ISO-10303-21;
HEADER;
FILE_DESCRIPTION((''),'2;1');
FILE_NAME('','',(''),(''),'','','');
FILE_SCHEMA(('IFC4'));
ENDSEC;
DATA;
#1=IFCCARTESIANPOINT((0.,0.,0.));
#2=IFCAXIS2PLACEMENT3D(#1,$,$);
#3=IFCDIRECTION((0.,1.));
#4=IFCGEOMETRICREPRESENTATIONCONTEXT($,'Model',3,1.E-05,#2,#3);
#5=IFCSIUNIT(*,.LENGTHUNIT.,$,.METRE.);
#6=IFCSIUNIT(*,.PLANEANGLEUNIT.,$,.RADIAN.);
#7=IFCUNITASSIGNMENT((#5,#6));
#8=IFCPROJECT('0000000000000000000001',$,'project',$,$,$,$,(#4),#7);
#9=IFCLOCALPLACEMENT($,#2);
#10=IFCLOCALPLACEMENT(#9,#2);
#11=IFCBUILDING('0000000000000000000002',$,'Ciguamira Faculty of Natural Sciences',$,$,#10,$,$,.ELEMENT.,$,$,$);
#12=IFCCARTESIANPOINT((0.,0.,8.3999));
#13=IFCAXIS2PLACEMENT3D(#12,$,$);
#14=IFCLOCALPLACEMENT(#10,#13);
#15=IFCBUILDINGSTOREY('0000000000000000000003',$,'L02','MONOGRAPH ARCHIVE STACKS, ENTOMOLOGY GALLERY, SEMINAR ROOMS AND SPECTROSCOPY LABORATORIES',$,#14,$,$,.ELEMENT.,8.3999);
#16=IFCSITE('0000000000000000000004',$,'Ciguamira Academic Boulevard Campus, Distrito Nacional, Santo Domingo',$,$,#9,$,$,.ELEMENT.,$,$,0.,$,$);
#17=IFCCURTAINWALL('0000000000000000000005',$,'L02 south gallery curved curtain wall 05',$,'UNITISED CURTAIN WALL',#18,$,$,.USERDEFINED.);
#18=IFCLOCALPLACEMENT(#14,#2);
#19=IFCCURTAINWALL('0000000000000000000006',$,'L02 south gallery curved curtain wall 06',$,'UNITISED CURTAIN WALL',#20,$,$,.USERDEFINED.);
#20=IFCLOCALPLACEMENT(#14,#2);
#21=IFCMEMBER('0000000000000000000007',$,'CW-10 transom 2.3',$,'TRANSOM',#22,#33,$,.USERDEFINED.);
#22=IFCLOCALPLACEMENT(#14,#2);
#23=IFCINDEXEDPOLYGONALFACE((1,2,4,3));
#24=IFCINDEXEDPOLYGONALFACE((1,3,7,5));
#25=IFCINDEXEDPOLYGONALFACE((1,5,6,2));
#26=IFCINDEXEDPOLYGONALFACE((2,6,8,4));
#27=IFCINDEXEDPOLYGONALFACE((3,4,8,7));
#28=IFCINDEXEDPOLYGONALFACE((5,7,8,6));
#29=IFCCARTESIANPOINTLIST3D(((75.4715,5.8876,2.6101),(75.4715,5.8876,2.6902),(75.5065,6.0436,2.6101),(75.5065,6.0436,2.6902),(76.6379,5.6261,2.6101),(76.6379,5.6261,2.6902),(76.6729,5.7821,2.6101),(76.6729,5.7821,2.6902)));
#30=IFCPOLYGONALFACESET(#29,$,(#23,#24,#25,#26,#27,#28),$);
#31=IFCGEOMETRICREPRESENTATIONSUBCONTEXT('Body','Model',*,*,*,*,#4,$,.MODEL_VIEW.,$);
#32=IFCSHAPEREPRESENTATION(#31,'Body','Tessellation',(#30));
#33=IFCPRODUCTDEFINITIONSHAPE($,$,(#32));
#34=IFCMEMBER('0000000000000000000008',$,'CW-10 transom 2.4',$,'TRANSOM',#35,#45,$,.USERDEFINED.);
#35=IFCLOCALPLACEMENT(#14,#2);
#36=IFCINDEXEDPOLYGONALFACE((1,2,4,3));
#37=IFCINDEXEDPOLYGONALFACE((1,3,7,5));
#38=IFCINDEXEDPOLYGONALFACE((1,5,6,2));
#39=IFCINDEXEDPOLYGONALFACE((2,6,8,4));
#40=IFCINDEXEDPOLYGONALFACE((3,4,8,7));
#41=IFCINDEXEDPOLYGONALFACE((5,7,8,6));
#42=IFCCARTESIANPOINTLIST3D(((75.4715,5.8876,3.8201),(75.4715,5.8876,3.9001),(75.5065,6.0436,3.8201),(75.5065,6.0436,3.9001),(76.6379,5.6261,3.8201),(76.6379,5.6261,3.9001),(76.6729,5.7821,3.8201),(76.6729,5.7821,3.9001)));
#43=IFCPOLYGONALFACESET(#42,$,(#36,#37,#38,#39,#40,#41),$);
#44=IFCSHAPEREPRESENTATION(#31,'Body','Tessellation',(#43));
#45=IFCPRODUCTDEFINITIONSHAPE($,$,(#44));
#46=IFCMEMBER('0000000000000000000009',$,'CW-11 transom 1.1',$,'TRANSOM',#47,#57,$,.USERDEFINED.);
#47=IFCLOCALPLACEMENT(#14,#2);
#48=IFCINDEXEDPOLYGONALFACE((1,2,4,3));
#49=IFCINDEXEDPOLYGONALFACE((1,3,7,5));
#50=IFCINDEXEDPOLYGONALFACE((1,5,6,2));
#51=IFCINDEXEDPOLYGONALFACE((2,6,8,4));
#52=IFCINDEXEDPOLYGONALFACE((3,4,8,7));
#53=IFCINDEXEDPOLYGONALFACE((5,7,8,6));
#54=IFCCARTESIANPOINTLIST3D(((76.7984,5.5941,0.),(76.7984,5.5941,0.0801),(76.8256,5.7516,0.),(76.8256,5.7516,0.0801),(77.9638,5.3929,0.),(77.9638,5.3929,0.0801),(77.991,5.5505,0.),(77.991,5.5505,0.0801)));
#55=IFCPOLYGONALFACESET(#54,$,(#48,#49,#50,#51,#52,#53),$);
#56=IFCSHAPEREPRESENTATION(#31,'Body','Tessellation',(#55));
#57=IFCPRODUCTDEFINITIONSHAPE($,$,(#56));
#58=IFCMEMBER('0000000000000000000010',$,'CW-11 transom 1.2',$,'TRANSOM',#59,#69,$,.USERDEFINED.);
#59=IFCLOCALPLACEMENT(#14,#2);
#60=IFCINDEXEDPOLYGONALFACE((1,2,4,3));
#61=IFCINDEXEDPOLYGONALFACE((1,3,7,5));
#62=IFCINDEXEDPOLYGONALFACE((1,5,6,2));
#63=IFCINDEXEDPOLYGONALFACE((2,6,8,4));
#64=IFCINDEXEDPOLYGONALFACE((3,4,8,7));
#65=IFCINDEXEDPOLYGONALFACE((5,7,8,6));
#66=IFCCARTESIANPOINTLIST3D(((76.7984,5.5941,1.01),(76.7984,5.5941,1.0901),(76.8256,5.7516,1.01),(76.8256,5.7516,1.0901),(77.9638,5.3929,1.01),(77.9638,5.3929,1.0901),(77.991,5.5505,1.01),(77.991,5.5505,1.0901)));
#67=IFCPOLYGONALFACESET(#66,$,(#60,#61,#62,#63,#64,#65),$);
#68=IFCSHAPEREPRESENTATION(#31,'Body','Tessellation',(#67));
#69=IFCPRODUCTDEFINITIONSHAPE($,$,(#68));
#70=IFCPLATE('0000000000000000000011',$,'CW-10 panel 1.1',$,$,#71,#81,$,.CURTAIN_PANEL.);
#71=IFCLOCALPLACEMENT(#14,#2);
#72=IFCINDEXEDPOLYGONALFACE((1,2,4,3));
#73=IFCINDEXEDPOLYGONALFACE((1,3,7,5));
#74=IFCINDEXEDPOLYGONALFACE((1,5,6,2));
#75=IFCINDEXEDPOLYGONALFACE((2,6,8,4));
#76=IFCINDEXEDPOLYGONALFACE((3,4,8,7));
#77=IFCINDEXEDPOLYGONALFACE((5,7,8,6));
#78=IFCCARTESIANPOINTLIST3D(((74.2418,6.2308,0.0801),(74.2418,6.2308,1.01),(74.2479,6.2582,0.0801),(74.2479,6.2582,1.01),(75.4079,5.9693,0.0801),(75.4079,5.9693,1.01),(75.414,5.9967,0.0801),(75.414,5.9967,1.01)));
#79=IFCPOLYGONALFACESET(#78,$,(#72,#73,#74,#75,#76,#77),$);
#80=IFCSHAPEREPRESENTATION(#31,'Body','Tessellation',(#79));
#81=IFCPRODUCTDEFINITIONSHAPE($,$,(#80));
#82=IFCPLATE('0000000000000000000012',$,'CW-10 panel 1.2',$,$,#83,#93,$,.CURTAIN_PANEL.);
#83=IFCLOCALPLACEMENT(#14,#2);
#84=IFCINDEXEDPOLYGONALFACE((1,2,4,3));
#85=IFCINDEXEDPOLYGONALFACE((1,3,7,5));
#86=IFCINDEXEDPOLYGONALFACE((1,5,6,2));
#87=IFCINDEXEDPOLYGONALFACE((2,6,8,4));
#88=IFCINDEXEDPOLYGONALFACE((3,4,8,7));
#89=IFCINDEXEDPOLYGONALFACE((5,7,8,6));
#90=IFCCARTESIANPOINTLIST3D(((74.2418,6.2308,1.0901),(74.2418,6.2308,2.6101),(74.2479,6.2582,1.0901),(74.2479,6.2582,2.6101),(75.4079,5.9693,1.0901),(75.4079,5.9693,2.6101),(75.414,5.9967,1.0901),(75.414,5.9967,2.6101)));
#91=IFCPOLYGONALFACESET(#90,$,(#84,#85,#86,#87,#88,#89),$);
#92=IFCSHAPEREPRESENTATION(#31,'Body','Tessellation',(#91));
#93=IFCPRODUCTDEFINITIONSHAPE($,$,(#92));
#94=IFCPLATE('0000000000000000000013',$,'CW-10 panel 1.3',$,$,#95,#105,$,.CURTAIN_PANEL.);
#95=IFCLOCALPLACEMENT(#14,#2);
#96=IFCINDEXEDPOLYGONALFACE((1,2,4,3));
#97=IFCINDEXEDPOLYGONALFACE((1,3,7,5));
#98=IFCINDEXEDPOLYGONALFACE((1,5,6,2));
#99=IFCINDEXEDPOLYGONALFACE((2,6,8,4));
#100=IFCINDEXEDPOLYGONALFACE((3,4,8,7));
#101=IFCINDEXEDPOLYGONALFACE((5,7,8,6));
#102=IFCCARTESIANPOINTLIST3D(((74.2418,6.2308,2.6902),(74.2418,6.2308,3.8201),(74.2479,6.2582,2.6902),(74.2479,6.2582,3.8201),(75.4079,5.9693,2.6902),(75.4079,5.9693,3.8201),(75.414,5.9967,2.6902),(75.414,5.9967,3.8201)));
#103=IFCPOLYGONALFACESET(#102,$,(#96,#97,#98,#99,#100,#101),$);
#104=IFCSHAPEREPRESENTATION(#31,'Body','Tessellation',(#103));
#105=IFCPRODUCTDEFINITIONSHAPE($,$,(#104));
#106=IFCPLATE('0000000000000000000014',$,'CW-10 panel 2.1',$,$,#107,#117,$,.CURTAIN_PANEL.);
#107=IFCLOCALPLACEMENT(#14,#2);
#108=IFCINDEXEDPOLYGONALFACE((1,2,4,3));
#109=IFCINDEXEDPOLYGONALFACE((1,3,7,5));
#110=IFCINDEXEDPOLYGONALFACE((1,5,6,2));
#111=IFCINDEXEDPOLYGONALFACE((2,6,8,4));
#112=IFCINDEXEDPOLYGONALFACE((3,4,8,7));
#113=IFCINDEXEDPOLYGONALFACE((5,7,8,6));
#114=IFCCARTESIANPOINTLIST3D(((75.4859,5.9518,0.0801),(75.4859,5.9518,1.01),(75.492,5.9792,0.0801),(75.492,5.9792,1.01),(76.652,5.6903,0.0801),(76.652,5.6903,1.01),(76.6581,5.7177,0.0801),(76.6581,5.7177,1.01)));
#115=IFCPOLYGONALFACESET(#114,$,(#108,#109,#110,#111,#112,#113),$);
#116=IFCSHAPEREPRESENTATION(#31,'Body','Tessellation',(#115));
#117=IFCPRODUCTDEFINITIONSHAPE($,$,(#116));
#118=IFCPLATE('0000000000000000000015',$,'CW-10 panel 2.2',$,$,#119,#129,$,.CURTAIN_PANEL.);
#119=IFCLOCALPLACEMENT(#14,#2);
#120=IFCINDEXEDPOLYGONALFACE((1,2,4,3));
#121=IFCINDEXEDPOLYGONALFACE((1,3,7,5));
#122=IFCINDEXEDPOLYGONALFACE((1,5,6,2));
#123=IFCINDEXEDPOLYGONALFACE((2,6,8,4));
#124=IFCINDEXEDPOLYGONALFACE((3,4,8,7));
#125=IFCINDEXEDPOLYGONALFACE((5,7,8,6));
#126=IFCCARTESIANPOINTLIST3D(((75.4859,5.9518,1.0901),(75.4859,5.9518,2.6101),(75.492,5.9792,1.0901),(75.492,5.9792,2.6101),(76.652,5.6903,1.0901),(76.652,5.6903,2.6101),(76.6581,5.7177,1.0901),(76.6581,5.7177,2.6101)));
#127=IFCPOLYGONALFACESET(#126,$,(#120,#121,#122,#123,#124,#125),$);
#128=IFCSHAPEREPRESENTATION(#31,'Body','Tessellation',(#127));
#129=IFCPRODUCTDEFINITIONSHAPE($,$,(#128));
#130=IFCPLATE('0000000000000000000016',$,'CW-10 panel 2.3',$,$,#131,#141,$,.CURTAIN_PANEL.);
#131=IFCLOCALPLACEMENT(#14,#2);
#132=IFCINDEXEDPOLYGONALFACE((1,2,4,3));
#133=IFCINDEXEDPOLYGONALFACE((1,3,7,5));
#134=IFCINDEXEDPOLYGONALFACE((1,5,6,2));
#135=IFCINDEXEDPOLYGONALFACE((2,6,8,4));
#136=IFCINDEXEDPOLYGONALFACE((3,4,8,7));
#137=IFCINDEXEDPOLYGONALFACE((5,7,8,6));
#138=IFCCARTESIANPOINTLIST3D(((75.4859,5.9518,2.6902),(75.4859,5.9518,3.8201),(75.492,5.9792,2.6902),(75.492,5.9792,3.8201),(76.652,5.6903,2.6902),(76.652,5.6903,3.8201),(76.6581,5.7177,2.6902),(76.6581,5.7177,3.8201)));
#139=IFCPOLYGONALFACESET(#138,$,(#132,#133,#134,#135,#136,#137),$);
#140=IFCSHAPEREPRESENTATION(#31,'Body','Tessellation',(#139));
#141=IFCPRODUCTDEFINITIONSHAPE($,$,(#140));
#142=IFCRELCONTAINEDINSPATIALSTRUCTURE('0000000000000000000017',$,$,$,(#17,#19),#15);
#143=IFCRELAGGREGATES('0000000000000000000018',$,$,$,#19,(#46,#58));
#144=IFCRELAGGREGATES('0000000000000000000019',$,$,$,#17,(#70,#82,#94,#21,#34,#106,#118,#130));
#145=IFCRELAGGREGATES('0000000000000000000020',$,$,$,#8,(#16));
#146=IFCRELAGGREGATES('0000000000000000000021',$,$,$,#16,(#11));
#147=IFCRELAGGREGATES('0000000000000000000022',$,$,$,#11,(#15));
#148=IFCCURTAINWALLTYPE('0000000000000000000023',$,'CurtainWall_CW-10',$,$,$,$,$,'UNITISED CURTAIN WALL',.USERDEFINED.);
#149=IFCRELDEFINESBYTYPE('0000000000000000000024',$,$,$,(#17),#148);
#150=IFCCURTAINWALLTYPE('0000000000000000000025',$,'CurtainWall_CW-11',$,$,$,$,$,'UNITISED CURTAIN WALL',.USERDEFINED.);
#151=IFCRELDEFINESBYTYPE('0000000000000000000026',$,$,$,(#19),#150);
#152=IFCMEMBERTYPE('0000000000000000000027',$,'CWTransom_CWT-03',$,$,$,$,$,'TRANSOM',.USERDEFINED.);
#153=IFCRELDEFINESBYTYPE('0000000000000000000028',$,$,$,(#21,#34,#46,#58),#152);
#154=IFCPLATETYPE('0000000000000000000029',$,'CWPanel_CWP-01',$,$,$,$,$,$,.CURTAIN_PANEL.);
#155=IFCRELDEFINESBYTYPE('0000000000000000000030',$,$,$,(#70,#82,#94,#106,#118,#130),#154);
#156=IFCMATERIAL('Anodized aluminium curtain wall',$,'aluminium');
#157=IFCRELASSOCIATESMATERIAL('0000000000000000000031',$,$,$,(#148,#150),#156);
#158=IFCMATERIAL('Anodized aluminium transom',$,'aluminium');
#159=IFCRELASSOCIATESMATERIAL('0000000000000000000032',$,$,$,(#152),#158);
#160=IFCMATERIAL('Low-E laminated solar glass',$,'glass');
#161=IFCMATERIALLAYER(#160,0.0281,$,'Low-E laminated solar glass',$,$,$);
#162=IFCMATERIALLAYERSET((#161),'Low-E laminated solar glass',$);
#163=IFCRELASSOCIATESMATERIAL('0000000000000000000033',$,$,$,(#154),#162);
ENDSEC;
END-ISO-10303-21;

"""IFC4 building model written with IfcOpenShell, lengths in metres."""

from ifc_helpers import new_model, si_unit, direction, frame, origin, origin_2d, place, context, subcontext, project, spatial, rectangle, extrude, material, layer, layer_set, material_profile, profile_set, type_object, element, aggregate, save


model = new_model("IFC4")

# Units and contexts
model_context = context("Model", 3, precision=1e-05, world=origin(), true_north=direction((0.0, 1.0)))
body_context = subcontext(model_context, "Body", "Model", "MODEL_VIEW")
ifc_project = project(units=[si_unit("LENGTHUNIT", "METRE"), si_unit("PLANEANGLEUNIT", "RADIAN")], contexts=[model_context])

# Site, building, storey
site_placement = place(None, origin())
site = spatial("IfcSite", under=ifc_project, at=site_placement, Name="Ciguamira Academic Boulevard Campus, Distrito Nacional, Santo Domingo", CompositionType="ELEMENT", RefElevation=0.0)
building_placement = place(site_placement, origin())
building = spatial("IfcBuilding", under=site, at=building_placement, Name="Ciguamira Faculty of Natural Sciences", CompositionType="ELEMENT")
storey_placement = place(building_placement, frame((0.0, 0.0, 8.3999)))
storey = spatial("IfcBuildingStorey", under=building, at=storey_placement, Name="L02", Description="MONOGRAPH ARCHIVE STACKS, ENTOMOLOGY GALLERY, SEMINAR ROOMS AND SPECTROSCOPY LABORATORIES", CompositionType="ELEMENT", Elevation=8.3999)

# Shared definitions
ifc_material_1 = material(Name="Anodized aluminium curtain wall", Category="aluminium")

# Curtain wall
curtain_wall_type_1 = type_object("IfcCurtainWallType", Name="CurtainWall_CW-10", ElementType="UNITISED CURTAIN WALL", PredefinedType="USERDEFINED", material=ifc_material_1)
curtain_wall_1_placement = place(storey_placement, origin())
curtain_wall_1 = element("IfcCurtainWall", 1, at=curtain_wall_1_placement, inside=storey, type_object=curtain_wall_type_1, Name="L02 south gallery curved curtain wall 05", ObjectType="UNITISED CURTAIN WALL", PredefinedType="USERDEFINED")

# Curtain wall
curtain_wall_type_2 = type_object("IfcCurtainWallType", Name="CurtainWall_CW-11", ElementType="UNITISED CURTAIN WALL", PredefinedType="USERDEFINED", material=ifc_material_1)
curtain_wall_2_placement = place(storey_placement, origin())
curtain_wall_2 = element("IfcCurtainWall", 2, at=curtain_wall_2_placement, inside=storey, type_object=curtain_wall_type_2, Name="L02 south gallery curved curtain wall 06", ObjectType="UNITISED CURTAIN WALL", PredefinedType="USERDEFINED")

# Members
ifc_material_2 = material(Name="Anodized aluminium transom", Category="aluminium")
ifc_material_profile_1 = material_profile(ifc_material_2, rectangle(XDim=0.0801, YDim=0.1599, at=origin_2d()), Name="ALU-TRN-80X160")
ifc_profile_set_1 = profile_set([ifc_material_profile_1], Name="Anodized aluminium transom")
member_type_1 = type_object("IfcMemberType", Name="CWTransom_CWT-03", ElementType="TRANSOM", PredefinedType="USERDEFINED", material=ifc_profile_set_1)
member_1_placement = place(storey_placement, frame((75.489, 5.9656, 2.6501), z_axis=(0.975777, -0.218768, 0.0), x_axis=(0.0, 0.0, 1.0)))
member_1 = element("IfcMember", 3, at=member_1_placement, type_object=member_type_1, Name="CW-10 transom 2.3", ObjectType="TRANSOM", PredefinedType="USERDEFINED", context=body_context, shape_type="SweptSolid", body=[
    extrude(rectangle(XDim=0.0801, YDim=0.1599, at=origin_2d()), origin(), (0.0, 0.0, 1.0), 1.1953),
])
member_2_placement = place(storey_placement, frame((75.489, 5.9656, 3.8601), z_axis=(0.975777, -0.218768, 0.0), x_axis=(0.0, 0.0, 1.0)))
member_2 = element("IfcMember", 4, at=member_2_placement, type_object=member_type_1, Name="CW-10 transom 2.4", ObjectType="TRANSOM", PredefinedType="USERDEFINED", context=body_context, shape_type="SweptSolid", body=[
    extrude(rectangle(XDim=0.0801, YDim=0.1599, at=origin_2d()), origin(), (0.0, 0.0, 1.0), 1.1953),
])
member_3_placement = place(storey_placement, frame((76.812, 5.6729, 0.04), z_axis=(0.985423, -0.170121, 0.0), x_axis=(0.0, 0.0, 1.0)))
member_3 = element("IfcMember", 5, at=member_3_placement, type_object=member_type_1, Name="CW-11 transom 1.1", ObjectType="TRANSOM", PredefinedType="USERDEFINED", context=body_context, shape_type="SweptSolid", body=[
    extrude(rectangle(XDim=0.0801, YDim=0.1599, at=origin_2d()), origin(), (0.0, 0.0, 1.0), 1.1826),
])
member_4_placement = place(storey_placement, frame((76.812, 5.6729, 1.05), z_axis=(0.985423, -0.170121, 0.0), x_axis=(0.0, 0.0, 1.0)))
member_4 = element("IfcMember", 6, at=member_4_placement, type_object=member_type_1, Name="CW-11 transom 1.2", ObjectType="TRANSOM", PredefinedType="USERDEFINED", context=body_context, shape_type="SweptSolid", body=[
    extrude(rectangle(XDim=0.0801, YDim=0.1599, at=origin_2d()), origin(), (0.0, 0.0, 1.0), 1.1826),
])
aggregate(curtain_wall_2, [member_3, member_4])

# Plates
ifc_material_3 = material(Name="Low-E laminated solar glass", Category="glass")
ifc_layer = layer(ifc_material_3, 0.0281, Name="Low-E laminated solar glass")
ifc_layer_set = layer_set([ifc_layer], Name="Low-E laminated solar glass")
plate_type = type_object("IfcPlateType", Name="CWPanel_CWP-01", PredefinedType="CURTAIN_PANEL", material=ifc_layer_set)
plate_1_placement = place(storey_placement, frame((74.8279, 6.1138, 0.0801), z_axis=(0.0, 0.0, 1.0), x_axis=(0.975763, -0.21883, 0.0)))
plate_1 = element("IfcPlate", 7, at=plate_1_placement, type_object=plate_type, Name="CW-10 panel 1.1", PredefinedType="CURTAIN_PANEL", context=body_context, shape_type="SweptSolid", body=[
    extrude(rectangle(XDim=1.1951, YDim=0.0281, at=origin_2d()), origin(), (0.0, 0.0, 1.0), 0.9299),
])
plate_2_placement = place(storey_placement, frame((74.8279, 6.1138, 1.0901), z_axis=(0.0, 0.0, 1.0), x_axis=(0.975763, -0.21883, 0.0)))
plate_2 = element("IfcPlate", 8, at=plate_2_placement, type_object=plate_type, Name="CW-10 panel 1.2", PredefinedType="CURTAIN_PANEL", context=body_context, shape_type="SweptSolid", body=[
    extrude(rectangle(XDim=1.1951, YDim=0.0281, at=origin_2d()), origin(), (0.0, 0.0, 1.0), 1.52),
])
plate_3_placement = place(storey_placement, frame((74.8279, 6.1138, 2.6902), z_axis=(0.0, 0.0, 1.0), x_axis=(0.975763, -0.21883, 0.0)))
plate_3 = element("IfcPlate", 9, at=plate_3_placement, type_object=plate_type, Name="CW-10 panel 1.3", PredefinedType="CURTAIN_PANEL", context=body_context, shape_type="SweptSolid", body=[
    extrude(rectangle(XDim=1.1951, YDim=0.0281, at=origin_2d()), origin(), (0.0, 0.0, 1.0), 1.1299),
])
plate_4_placement = place(storey_placement, frame((76.072, 5.8347, 0.0801), z_axis=(0.0, 0.0, 1.0), x_axis=(0.975763, -0.21883, 0.0)))
plate_4 = element("IfcPlate", 10, at=plate_4_placement, type_object=plate_type, Name="CW-10 panel 2.1", PredefinedType="CURTAIN_PANEL", context=body_context, shape_type="SweptSolid", body=[
    extrude(rectangle(XDim=1.1951, YDim=0.0281, at=origin_2d()), origin(), (0.0, 0.0, 1.0), 0.9299),
])
plate_5_placement = place(storey_placement, frame((76.072, 5.8347, 1.0901), z_axis=(0.0, 0.0, 1.0), x_axis=(0.975763, -0.21883, 0.0)))
plate_5 = element("IfcPlate", 11, at=plate_5_placement, type_object=plate_type, Name="CW-10 panel 2.2", PredefinedType="CURTAIN_PANEL", context=body_context, shape_type="SweptSolid", body=[
    extrude(rectangle(XDim=1.1951, YDim=0.0281, at=origin_2d()), origin(), (0.0, 0.0, 1.0), 1.52),
])
plate_6_placement = place(storey_placement, frame((76.072, 5.8347, 2.6902), z_axis=(0.0, 0.0, 1.0), x_axis=(0.975763, -0.21883, 0.0)))
plate_6 = element("IfcPlate", 12, at=plate_6_placement, type_object=plate_type, Name="CW-10 panel 2.3", PredefinedType="CURTAIN_PANEL", context=body_context, shape_type="SweptSolid", body=[
    extrude(rectangle(XDim=1.1951, YDim=0.0281, at=origin_2d()), origin(), (0.0, 0.0, 1.0), 1.1299),
])
aggregate(curtain_wall_1, [plate_1, plate_2, plate_3, member_1, member_2, plate_4, plate_5, plate_6])

save(model, "model.ifc")
